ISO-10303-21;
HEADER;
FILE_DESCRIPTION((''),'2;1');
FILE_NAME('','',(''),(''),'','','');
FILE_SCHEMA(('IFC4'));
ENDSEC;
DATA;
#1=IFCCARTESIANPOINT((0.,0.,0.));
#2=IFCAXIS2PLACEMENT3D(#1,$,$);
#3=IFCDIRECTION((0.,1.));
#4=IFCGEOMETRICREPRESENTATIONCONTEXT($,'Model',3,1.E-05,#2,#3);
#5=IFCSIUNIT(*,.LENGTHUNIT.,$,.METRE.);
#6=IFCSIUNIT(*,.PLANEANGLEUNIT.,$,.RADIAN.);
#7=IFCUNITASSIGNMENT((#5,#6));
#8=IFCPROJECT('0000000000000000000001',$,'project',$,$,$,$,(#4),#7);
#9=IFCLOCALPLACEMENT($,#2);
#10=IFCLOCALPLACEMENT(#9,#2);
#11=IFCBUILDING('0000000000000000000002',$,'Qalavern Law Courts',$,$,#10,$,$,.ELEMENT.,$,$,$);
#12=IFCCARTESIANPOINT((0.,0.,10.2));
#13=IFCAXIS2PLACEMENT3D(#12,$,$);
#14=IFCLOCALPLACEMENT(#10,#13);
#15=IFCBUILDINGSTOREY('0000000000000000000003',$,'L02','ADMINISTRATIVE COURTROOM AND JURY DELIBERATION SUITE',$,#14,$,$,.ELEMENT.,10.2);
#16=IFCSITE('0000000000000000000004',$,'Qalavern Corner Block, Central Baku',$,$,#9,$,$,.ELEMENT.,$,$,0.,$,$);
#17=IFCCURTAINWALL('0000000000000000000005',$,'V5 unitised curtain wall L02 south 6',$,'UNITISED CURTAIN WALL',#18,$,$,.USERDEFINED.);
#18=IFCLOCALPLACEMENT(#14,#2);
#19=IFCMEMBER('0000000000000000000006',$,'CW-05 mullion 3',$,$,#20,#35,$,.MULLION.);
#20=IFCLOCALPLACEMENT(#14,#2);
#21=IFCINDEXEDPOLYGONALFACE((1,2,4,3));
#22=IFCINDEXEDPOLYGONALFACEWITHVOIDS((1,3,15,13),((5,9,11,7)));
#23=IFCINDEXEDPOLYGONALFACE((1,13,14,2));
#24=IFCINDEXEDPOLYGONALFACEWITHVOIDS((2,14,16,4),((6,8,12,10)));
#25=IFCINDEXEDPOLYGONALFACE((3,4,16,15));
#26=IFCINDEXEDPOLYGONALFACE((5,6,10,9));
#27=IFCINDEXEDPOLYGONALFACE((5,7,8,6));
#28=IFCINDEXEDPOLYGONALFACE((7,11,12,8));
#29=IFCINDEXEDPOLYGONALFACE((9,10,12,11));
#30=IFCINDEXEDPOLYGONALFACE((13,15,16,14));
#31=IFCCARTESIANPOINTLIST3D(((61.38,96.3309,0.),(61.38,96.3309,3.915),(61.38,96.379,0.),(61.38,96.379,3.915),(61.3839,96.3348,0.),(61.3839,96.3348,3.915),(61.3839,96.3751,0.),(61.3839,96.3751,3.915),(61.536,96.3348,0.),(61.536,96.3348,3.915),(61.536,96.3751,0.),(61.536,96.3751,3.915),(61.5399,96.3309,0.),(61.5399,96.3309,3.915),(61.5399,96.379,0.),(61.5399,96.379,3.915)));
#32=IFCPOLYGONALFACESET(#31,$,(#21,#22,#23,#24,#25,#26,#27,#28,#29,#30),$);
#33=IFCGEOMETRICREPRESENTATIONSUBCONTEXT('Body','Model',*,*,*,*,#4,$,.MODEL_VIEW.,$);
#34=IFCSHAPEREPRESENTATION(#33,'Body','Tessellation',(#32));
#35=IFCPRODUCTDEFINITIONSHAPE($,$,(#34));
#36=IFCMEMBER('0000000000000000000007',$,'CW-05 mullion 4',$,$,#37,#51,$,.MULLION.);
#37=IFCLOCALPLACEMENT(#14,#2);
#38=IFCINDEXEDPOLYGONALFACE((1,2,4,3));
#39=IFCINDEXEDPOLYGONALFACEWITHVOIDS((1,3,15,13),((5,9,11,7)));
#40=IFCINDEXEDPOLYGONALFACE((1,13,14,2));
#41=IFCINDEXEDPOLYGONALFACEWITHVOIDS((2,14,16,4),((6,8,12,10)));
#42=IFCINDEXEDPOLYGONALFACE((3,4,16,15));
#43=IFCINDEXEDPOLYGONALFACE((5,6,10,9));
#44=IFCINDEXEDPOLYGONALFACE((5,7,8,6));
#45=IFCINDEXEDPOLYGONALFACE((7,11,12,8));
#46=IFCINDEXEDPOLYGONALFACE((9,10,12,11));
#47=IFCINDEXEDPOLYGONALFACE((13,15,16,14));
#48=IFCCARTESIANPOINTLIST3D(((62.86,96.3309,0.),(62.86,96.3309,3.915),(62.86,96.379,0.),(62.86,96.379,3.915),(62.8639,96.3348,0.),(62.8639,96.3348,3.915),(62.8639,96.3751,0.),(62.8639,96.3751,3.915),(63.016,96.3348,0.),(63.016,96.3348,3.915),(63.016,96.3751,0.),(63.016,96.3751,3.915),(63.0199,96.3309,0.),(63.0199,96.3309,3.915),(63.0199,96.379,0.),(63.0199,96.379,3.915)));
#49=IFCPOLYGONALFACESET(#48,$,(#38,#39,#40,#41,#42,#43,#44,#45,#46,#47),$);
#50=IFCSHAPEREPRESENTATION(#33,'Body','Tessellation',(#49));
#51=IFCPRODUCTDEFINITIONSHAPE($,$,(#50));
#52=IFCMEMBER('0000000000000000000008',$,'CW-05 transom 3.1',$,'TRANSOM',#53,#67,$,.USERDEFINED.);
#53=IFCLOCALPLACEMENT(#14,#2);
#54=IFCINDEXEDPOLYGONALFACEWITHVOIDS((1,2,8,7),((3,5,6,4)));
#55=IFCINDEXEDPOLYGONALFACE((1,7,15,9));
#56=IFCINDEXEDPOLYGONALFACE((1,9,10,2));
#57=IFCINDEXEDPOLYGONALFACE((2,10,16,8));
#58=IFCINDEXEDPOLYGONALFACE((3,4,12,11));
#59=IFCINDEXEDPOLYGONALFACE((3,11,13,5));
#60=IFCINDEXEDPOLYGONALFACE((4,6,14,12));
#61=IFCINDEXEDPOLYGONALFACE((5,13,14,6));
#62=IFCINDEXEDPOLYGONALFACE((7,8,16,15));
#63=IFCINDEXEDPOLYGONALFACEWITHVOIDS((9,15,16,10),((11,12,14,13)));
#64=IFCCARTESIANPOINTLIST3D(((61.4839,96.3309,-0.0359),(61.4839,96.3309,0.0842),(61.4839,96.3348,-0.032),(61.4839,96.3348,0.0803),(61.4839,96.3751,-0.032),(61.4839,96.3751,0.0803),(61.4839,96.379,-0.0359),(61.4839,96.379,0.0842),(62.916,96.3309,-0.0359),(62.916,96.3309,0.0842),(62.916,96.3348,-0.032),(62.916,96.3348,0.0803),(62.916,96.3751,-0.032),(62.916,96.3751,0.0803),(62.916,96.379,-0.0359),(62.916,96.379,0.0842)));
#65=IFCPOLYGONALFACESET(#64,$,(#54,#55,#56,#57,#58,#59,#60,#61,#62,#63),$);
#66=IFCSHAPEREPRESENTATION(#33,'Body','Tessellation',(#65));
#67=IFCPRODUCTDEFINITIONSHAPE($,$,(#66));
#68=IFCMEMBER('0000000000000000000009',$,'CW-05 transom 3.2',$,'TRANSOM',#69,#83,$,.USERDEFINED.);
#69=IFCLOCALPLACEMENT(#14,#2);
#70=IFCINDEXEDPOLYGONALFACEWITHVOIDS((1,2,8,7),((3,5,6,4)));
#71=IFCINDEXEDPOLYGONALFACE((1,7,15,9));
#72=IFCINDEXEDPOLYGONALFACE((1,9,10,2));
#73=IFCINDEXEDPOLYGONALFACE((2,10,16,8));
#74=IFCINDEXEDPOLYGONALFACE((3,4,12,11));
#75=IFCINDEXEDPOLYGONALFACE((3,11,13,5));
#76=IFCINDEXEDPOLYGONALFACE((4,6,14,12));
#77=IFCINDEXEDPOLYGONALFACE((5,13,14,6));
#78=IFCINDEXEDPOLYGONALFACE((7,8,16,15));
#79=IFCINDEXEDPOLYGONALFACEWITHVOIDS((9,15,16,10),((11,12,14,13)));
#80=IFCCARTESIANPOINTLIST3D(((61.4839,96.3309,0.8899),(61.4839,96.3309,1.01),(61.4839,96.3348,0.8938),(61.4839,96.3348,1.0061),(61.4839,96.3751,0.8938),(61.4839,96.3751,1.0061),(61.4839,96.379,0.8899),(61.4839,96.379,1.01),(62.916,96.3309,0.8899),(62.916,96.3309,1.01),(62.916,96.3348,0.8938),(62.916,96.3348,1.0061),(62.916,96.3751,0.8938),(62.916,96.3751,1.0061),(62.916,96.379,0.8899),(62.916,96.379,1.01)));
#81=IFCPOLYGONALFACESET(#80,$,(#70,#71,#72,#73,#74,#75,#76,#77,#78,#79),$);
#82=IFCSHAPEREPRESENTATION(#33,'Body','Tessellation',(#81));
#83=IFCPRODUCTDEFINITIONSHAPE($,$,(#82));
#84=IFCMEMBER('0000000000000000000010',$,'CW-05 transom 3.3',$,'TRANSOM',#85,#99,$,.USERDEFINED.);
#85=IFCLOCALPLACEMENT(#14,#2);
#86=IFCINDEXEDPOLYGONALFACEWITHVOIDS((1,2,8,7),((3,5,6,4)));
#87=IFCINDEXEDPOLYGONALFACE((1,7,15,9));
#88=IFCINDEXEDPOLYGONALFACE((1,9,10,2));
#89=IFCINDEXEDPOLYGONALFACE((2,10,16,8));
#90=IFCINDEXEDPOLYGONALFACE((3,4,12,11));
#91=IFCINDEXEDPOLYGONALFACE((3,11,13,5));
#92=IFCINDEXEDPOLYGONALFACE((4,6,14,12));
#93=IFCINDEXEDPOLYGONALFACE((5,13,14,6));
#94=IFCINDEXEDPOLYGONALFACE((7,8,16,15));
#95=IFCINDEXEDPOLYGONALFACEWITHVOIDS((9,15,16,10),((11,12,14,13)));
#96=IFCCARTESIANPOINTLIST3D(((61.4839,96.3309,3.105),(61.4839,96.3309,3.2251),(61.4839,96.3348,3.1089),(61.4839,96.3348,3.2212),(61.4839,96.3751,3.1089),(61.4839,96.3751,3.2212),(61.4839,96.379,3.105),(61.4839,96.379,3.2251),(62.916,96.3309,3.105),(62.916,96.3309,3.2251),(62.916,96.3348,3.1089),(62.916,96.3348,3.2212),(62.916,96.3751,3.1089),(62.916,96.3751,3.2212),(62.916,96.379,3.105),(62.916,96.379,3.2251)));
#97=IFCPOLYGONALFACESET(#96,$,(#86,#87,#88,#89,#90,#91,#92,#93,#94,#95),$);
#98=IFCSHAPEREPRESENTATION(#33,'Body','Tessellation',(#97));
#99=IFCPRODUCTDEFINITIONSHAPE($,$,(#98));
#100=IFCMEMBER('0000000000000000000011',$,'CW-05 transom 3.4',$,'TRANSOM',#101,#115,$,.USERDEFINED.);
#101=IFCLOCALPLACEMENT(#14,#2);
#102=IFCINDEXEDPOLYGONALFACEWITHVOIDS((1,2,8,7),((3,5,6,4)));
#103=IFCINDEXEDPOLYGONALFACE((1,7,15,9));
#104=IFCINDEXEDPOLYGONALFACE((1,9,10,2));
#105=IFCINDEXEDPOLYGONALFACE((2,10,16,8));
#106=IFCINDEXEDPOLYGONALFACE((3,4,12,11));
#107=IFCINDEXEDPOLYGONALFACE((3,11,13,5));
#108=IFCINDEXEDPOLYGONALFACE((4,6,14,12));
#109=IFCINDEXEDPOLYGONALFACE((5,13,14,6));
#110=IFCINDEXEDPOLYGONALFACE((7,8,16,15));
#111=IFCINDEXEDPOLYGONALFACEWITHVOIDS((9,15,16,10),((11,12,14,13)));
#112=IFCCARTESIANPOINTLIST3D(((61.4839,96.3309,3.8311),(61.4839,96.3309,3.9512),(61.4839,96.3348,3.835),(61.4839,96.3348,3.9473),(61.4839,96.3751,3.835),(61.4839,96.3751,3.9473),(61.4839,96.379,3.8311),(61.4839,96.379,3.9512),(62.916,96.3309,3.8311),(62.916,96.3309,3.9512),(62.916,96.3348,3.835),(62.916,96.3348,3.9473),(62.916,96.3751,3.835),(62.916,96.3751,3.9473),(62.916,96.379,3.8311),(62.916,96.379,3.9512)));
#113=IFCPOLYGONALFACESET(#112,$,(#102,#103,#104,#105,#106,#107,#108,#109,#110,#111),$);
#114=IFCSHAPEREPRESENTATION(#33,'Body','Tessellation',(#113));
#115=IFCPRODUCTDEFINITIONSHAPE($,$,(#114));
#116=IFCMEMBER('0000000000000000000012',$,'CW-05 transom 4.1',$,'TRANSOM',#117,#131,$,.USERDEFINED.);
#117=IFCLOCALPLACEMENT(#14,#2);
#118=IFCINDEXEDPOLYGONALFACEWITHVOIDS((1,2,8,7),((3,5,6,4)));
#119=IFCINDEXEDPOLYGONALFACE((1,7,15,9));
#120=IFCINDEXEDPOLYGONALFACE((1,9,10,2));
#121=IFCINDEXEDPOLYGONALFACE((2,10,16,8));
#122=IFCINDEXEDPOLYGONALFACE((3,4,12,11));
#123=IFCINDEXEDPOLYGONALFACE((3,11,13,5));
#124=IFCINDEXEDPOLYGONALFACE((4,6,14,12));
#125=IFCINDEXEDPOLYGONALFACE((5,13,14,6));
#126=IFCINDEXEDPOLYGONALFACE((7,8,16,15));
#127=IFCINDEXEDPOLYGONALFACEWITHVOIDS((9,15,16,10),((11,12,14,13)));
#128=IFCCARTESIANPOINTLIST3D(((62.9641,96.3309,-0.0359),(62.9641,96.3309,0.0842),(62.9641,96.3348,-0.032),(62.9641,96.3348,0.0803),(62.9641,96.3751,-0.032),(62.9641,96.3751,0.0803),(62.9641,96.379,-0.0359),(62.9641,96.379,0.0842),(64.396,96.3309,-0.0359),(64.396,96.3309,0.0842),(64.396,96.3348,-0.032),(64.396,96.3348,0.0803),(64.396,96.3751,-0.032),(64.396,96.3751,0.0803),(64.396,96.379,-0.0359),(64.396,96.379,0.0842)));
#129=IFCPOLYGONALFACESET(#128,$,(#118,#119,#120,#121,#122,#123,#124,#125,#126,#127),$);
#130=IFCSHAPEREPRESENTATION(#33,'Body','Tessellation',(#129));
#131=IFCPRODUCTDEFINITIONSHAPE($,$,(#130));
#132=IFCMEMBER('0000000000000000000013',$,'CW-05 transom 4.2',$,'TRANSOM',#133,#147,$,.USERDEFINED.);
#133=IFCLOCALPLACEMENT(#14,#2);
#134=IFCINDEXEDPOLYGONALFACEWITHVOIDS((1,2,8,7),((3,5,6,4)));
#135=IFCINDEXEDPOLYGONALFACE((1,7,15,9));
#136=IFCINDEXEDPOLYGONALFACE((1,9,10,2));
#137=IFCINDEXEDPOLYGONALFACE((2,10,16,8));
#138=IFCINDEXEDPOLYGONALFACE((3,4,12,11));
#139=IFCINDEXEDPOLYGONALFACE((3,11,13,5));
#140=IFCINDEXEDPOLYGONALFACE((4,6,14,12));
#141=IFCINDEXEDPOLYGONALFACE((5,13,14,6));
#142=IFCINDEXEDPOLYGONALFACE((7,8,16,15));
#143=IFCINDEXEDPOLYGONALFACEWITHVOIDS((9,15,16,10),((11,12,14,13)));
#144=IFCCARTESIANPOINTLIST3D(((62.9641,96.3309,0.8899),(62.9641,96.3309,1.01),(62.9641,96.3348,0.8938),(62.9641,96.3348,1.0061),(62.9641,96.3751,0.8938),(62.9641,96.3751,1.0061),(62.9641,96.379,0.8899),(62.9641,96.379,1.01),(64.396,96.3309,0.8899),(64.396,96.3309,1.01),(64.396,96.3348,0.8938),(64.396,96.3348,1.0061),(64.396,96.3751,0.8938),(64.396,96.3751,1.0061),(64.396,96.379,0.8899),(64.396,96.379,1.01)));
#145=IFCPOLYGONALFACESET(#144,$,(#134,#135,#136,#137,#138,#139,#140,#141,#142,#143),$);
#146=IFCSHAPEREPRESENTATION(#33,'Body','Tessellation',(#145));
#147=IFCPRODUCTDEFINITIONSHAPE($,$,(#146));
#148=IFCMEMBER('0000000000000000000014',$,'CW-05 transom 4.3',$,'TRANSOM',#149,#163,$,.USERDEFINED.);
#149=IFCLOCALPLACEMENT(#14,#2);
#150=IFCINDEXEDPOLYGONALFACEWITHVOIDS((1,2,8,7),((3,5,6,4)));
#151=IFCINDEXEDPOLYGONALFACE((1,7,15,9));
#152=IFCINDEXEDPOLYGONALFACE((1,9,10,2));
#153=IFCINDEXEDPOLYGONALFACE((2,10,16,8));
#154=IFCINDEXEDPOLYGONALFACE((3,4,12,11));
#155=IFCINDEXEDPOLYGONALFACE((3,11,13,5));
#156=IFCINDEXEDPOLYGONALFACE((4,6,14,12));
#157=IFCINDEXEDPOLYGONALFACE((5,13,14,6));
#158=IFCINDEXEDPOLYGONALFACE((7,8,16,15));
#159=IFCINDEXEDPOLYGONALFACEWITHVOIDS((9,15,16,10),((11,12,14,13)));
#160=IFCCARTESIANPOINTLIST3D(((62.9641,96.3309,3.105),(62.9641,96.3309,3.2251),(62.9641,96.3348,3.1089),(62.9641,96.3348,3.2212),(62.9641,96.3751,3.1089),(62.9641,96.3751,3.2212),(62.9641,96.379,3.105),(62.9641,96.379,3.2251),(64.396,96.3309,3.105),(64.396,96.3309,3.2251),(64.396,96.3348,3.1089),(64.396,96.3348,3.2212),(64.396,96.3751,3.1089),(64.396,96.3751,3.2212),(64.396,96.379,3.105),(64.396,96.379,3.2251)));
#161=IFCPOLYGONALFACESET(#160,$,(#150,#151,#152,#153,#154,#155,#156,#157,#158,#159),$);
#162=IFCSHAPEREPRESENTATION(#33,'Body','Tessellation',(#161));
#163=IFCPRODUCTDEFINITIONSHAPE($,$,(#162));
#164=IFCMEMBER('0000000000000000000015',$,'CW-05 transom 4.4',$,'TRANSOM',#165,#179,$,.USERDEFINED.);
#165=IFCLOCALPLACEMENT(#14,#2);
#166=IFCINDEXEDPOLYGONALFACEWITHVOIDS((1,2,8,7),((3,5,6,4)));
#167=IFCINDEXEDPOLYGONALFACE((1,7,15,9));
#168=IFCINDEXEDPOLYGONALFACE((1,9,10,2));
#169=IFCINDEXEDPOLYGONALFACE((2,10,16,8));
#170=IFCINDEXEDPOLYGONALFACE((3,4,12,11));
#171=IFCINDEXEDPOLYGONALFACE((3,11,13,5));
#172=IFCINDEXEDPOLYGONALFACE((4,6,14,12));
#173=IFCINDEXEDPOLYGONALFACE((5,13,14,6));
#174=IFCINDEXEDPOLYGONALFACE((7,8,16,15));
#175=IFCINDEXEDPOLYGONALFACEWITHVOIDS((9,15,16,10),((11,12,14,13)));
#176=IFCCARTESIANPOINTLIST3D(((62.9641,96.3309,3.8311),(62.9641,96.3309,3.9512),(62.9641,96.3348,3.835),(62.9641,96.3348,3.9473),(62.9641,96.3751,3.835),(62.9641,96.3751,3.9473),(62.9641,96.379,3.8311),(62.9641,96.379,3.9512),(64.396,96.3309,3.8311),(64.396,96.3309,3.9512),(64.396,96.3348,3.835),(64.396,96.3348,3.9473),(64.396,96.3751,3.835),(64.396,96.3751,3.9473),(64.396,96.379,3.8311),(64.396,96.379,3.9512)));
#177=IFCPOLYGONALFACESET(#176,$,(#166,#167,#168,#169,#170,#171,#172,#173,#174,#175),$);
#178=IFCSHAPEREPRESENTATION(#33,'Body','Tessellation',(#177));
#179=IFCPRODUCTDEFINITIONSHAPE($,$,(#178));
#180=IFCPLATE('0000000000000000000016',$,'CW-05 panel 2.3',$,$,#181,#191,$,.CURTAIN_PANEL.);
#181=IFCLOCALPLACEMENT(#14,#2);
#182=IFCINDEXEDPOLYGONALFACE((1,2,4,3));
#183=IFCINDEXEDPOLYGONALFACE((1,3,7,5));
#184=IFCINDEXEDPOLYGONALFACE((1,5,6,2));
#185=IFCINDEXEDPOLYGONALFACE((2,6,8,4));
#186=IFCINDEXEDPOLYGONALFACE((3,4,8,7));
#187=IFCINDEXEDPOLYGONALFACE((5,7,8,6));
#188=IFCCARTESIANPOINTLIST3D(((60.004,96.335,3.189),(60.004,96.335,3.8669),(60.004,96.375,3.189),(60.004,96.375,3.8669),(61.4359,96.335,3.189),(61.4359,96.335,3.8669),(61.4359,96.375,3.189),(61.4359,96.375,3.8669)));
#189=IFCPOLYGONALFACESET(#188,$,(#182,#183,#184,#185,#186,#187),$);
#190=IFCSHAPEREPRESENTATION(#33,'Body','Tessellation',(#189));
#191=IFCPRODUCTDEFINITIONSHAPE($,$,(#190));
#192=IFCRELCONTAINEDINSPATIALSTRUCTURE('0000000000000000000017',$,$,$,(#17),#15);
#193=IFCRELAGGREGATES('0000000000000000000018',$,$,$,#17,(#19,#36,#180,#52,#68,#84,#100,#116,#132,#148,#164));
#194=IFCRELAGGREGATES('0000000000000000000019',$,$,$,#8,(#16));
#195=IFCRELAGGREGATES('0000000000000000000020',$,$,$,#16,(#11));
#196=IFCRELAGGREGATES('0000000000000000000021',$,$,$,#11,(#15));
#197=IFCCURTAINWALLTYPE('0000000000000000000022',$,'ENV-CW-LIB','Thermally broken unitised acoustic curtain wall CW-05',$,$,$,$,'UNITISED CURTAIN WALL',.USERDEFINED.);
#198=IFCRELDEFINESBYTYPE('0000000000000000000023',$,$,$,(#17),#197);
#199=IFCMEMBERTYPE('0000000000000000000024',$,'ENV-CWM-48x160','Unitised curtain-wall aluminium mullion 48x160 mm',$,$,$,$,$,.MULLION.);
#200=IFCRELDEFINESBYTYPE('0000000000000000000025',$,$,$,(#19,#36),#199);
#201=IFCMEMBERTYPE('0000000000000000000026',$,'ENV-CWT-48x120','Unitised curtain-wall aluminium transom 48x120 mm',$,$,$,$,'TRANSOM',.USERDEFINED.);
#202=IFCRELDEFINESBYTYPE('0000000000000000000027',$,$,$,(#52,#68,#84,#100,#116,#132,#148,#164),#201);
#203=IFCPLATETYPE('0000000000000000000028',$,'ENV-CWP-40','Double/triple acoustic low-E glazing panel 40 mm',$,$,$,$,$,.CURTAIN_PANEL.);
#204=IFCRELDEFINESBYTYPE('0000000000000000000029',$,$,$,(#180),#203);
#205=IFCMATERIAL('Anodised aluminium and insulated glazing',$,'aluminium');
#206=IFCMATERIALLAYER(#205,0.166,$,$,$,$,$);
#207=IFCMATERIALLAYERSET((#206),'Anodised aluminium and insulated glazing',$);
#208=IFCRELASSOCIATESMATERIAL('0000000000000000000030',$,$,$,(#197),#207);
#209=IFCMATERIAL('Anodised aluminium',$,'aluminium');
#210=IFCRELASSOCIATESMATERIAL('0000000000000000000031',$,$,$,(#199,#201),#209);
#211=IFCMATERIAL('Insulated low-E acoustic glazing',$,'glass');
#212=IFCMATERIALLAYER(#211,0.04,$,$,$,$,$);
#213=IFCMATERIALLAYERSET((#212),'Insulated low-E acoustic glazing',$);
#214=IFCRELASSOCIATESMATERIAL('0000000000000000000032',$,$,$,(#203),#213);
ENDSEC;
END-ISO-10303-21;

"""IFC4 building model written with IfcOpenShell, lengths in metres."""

from ifc_helpers import new_model, si_unit, direction, frame, origin, origin_2d, place, context, subcontext, project, spatial, rectangle, hollow_rectangle, extrude, material, layer, layer_set, material_profile, profile_set, type_object, element, aggregate, save


model = new_model("IFC4")

# Units and contexts
model_context = context("Model", 3, precision=1e-05, world=origin(), true_north=direction((0.0, 1.0)))
body_context = subcontext(model_context, "Body", "Model", "MODEL_VIEW")
ifc_project = project(units=[si_unit("LENGTHUNIT", "METRE"), si_unit("PLANEANGLEUNIT", "RADIAN")], contexts=[model_context])

# Site, building, storey
site_placement = place(None, origin())
site = spatial("IfcSite", under=ifc_project, at=site_placement, Name="Qalavern Corner Block, Central Baku", CompositionType="ELEMENT", RefElevation=0.0)
building_placement = place(site_placement, origin())
building = spatial("IfcBuilding", under=site, at=building_placement, Name="Qalavern Law Courts", CompositionType="ELEMENT")
storey_placement = place(building_placement, frame((0.0, 0.0, 10.2)))
storey = spatial("IfcBuildingStorey", under=building, at=storey_placement, Name="L02", Description="ADMINISTRATIVE COURTROOM AND JURY DELIBERATION SUITE", CompositionType="ELEMENT", Elevation=10.2)

# Curtain wall, members, plate
ifc_material_1 = material(Name="Anodised aluminium and insulated glazing", Category="aluminium")
ifc_layer_1 = layer(ifc_material_1, 0.166)
ifc_layer_set_1 = layer_set([ifc_layer_1], Name="Anodised aluminium and insulated glazing")
curtain_wall_type = type_object("IfcCurtainWallType", Name="ENV-CW-LIB", Description="Thermally broken unitised acoustic curtain wall CW-05", ElementType="UNITISED CURTAIN WALL", PredefinedType="USERDEFINED", material=ifc_layer_set_1)
curtain_wall_placement = place(storey_placement, origin())
curtain_wall = element("IfcCurtainWall", 1, at=curtain_wall_placement, inside=storey, type_object=curtain_wall_type, Name="V5 unitised curtain wall L02 south 6", ObjectType="UNITISED CURTAIN WALL", PredefinedType="USERDEFINED")
ifc_material_2 = material(Name="Anodised aluminium", Category="aluminium")
ifc_material_profile_1 = material_profile(ifc_material_2, hollow_rectangle(XDim=0.0481, YDim=0.1599, WallThickness=0.0039, at=origin_2d()), Name="ALU MULLION 48x160")
ifc_profile_set_1 = profile_set([ifc_material_profile_1], Name="Anodised aluminium")
member_type_1 = type_object("IfcMemberType", Name="ENV-CWM-48x160", Description="Unitised curtain-wall aluminium mullion 48x160 mm", PredefinedType="MULLION", material=ifc_profile_set_1)
member_1_placement = place(storey_placement, frame((61.46, 96.355, 0.0), z_axis=(0.0, 0.0, 1.0), x_axis=(0.0, 1.0, 0.0)))
member_1 = element("IfcMember", 2, at=member_1_placement, type_object=member_type_1, Name="CW-05 mullion 3", PredefinedType="MULLION", context=body_context, shape_type="SweptSolid", body=[
    extrude(hollow_rectangle(XDim=0.0481, YDim=0.1599, WallThickness=0.0039, at=origin_2d()), origin(), (0.0, 0.0, 1.0), 3.915),
])
member_2_placement = place(storey_placement, frame((62.9399, 96.355, 0.0), z_axis=(0.0, 0.0, 1.0), x_axis=(0.0, 1.0, 0.0)))
member_2 = element("IfcMember", 3, at=member_2_placement, type_object=member_type_1, Name="CW-05 mullion 4", PredefinedType="MULLION", context=body_context, shape_type="SweptSolid", body=[
    extrude(hollow_rectangle(XDim=0.0481, YDim=0.1599, WallThickness=0.0039, at=origin_2d()), origin(), (0.0, 0.0, 1.0), 3.915),
])
ifc_material_profile_2 = material_profile(ifc_material_2, hollow_rectangle(XDim=0.0481, YDim=0.1201, WallThickness=0.0039, at=origin_2d()), Name="ALU TRANSOM 48x120")
ifc_profile_set_2 = profile_set([ifc_material_profile_2], Name="Anodised aluminium")
member_type_2 = type_object("IfcMemberType", Name="ENV-CWT-48x120", Description="Unitised curtain-wall aluminium transom 48x120 mm", ElementType="TRANSOM", PredefinedType="USERDEFINED", material=ifc_profile_set_2)
member_3_placement = place(storey_placement, frame((61.4839, 96.355, 0.0242), z_axis=(1.0, 0.0, 0.0), x_axis=(0.0, 1.0, 0.0)))
member_3 = element("IfcMember", 4, at=member_3_placement, type_object=member_type_2, Name="CW-05 transom 3.1", ObjectType="TRANSOM", PredefinedType="USERDEFINED", context=body_context, shape_type="SweptSolid", body=[
    extrude(hollow_rectangle(XDim=0.0481, YDim=0.1201, WallThickness=0.0039, at=origin_2d()), origin(), (0.0, 0.0, 1.0), 1.4321),
])
member_4_placement = place(storey_placement, frame((61.4839, 96.355, 0.95), z_axis=(1.0, 0.0, 0.0), x_axis=(0.0, 1.0, 0.0)))
member_4 = element("IfcMember", 5, at=member_4_placement, type_object=member_type_2, Name="CW-05 transom 3.2", ObjectType="TRANSOM", PredefinedType="USERDEFINED", context=body_context, shape_type="SweptSolid", body=[
    extrude(hollow_rectangle(XDim=0.0481, YDim=0.1201, WallThickness=0.0039, at=origin_2d()), origin(), (0.0, 0.0, 1.0), 1.4321),
])
member_5_placement = place(storey_placement, frame((61.4839, 96.355, 3.165), z_axis=(1.0, 0.0, 0.0), x_axis=(0.0, 1.0, 0.0)))
member_5 = element("IfcMember", 6, at=member_5_placement, type_object=member_type_2, Name="CW-05 transom 3.3", ObjectType="TRANSOM", PredefinedType="USERDEFINED", context=body_context, shape_type="SweptSolid", body=[
    extrude(hollow_rectangle(XDim=0.0481, YDim=0.1201, WallThickness=0.0039, at=origin_2d()), origin(), (0.0, 0.0, 1.0), 1.4321),
])
member_6_placement = place(storey_placement, frame((61.4839, 96.355, 3.8911), z_axis=(1.0, 0.0, 0.0), x_axis=(0.0, 1.0, 0.0)))
member_6 = element("IfcMember", 7, at=member_6_placement, type_object=member_type_2, Name="CW-05 transom 3.4", ObjectType="TRANSOM", PredefinedType="USERDEFINED", context=body_context, shape_type="SweptSolid", body=[
    extrude(hollow_rectangle(XDim=0.0481, YDim=0.1201, WallThickness=0.0039, at=origin_2d()), origin(), (0.0, 0.0, 1.0), 1.4321),
])
member_7_placement = place(storey_placement, frame((62.9641, 96.355, 0.0242), z_axis=(1.0, 0.0, 0.0), x_axis=(0.0, 1.0, 0.0)))
member_7 = element("IfcMember", 8, at=member_7_placement, type_object=member_type_2, Name="CW-05 transom 4.1", ObjectType="TRANSOM", PredefinedType="USERDEFINED", context=body_context, shape_type="SweptSolid", body=[
    extrude(hollow_rectangle(XDim=0.0481, YDim=0.1201, WallThickness=0.0039, at=origin_2d()), origin(), (0.0, 0.0, 1.0), 1.4319),
])
member_8_placement = place(storey_placement, frame((62.9641, 96.355, 0.95), z_axis=(1.0, 0.0, 0.0), x_axis=(0.0, 1.0, 0.0)))
member_8 = element("IfcMember", 9, at=member_8_placement, type_object=member_type_2, Name="CW-05 transom 4.2", ObjectType="TRANSOM", PredefinedType="USERDEFINED", context=body_context, shape_type="SweptSolid", body=[
    extrude(hollow_rectangle(XDim=0.0481, YDim=0.1201, WallThickness=0.0039, at=origin_2d()), origin(), (0.0, 0.0, 1.0), 1.4319),
])
member_9_placement = place(storey_placement, frame((62.9641, 96.355, 3.165), z_axis=(1.0, 0.0, 0.0), x_axis=(0.0, 1.0, 0.0)))
member_9 = element("IfcMember", 10, at=member_9_placement, type_object=member_type_2, Name="CW-05 transom 4.3", ObjectType="TRANSOM", PredefinedType="USERDEFINED", context=body_context, shape_type="SweptSolid", body=[
    extrude(hollow_rectangle(XDim=0.0481, YDim=0.1201, WallThickness=0.0039, at=origin_2d()), origin(), (0.0, 0.0, 1.0), 1.4319),
])
member_10_placement = place(storey_placement, frame((62.9641, 96.355, 3.8911), z_axis=(1.0, 0.0, 0.0), x_axis=(0.0, 1.0, 0.0)))
member_10 = element("IfcMember", 11, at=member_10_placement, type_object=member_type_2, Name="CW-05 transom 4.4", ObjectType="TRANSOM", PredefinedType="USERDEFINED", context=body_context, shape_type="SweptSolid", body=[
    extrude(hollow_rectangle(XDim=0.0481, YDim=0.1201, WallThickness=0.0039, at=origin_2d()), origin(), (0.0, 0.0, 1.0), 1.4319),
])
ifc_material_3 = material(Name="Insulated low-E acoustic glazing", Category="glass")
ifc_layer_2 = layer(ifc_material_3, 0.04)
ifc_layer_set_2 = layer_set([ifc_layer_2], Name="Insulated low-E acoustic glazing")
plate_type = type_object("IfcPlateType", Name="ENV-CWP-40", Description="Double/triple acoustic low-E glazing panel 40 mm", PredefinedType="CURTAIN_PANEL", material=ifc_layer_set_2)
plate_1_placement = place(storey_placement, frame((60.72, 96.355, 3.189), z_axis=(0.0, 0.0, 1.0), x_axis=(1.0, 0.0, 0.0)))
plate_1 = element("IfcPlate", 12, at=plate_1_placement, type_object=plate_type, Name="CW-05 panel 2.3", PredefinedType="CURTAIN_PANEL", context=body_context, shape_type="SweptSolid", body=[
    extrude(rectangle(XDim=1.4319, YDim=0.04, at=origin_2d()), origin(), (0.0, 0.0, 1.0), 0.678),
])
aggregate(curtain_wall, [member_1, member_2, plate_1, member_3, member_4, member_5, member_6, member_7, member_8, member_9, member_10])

save(model, "model.ifc")
